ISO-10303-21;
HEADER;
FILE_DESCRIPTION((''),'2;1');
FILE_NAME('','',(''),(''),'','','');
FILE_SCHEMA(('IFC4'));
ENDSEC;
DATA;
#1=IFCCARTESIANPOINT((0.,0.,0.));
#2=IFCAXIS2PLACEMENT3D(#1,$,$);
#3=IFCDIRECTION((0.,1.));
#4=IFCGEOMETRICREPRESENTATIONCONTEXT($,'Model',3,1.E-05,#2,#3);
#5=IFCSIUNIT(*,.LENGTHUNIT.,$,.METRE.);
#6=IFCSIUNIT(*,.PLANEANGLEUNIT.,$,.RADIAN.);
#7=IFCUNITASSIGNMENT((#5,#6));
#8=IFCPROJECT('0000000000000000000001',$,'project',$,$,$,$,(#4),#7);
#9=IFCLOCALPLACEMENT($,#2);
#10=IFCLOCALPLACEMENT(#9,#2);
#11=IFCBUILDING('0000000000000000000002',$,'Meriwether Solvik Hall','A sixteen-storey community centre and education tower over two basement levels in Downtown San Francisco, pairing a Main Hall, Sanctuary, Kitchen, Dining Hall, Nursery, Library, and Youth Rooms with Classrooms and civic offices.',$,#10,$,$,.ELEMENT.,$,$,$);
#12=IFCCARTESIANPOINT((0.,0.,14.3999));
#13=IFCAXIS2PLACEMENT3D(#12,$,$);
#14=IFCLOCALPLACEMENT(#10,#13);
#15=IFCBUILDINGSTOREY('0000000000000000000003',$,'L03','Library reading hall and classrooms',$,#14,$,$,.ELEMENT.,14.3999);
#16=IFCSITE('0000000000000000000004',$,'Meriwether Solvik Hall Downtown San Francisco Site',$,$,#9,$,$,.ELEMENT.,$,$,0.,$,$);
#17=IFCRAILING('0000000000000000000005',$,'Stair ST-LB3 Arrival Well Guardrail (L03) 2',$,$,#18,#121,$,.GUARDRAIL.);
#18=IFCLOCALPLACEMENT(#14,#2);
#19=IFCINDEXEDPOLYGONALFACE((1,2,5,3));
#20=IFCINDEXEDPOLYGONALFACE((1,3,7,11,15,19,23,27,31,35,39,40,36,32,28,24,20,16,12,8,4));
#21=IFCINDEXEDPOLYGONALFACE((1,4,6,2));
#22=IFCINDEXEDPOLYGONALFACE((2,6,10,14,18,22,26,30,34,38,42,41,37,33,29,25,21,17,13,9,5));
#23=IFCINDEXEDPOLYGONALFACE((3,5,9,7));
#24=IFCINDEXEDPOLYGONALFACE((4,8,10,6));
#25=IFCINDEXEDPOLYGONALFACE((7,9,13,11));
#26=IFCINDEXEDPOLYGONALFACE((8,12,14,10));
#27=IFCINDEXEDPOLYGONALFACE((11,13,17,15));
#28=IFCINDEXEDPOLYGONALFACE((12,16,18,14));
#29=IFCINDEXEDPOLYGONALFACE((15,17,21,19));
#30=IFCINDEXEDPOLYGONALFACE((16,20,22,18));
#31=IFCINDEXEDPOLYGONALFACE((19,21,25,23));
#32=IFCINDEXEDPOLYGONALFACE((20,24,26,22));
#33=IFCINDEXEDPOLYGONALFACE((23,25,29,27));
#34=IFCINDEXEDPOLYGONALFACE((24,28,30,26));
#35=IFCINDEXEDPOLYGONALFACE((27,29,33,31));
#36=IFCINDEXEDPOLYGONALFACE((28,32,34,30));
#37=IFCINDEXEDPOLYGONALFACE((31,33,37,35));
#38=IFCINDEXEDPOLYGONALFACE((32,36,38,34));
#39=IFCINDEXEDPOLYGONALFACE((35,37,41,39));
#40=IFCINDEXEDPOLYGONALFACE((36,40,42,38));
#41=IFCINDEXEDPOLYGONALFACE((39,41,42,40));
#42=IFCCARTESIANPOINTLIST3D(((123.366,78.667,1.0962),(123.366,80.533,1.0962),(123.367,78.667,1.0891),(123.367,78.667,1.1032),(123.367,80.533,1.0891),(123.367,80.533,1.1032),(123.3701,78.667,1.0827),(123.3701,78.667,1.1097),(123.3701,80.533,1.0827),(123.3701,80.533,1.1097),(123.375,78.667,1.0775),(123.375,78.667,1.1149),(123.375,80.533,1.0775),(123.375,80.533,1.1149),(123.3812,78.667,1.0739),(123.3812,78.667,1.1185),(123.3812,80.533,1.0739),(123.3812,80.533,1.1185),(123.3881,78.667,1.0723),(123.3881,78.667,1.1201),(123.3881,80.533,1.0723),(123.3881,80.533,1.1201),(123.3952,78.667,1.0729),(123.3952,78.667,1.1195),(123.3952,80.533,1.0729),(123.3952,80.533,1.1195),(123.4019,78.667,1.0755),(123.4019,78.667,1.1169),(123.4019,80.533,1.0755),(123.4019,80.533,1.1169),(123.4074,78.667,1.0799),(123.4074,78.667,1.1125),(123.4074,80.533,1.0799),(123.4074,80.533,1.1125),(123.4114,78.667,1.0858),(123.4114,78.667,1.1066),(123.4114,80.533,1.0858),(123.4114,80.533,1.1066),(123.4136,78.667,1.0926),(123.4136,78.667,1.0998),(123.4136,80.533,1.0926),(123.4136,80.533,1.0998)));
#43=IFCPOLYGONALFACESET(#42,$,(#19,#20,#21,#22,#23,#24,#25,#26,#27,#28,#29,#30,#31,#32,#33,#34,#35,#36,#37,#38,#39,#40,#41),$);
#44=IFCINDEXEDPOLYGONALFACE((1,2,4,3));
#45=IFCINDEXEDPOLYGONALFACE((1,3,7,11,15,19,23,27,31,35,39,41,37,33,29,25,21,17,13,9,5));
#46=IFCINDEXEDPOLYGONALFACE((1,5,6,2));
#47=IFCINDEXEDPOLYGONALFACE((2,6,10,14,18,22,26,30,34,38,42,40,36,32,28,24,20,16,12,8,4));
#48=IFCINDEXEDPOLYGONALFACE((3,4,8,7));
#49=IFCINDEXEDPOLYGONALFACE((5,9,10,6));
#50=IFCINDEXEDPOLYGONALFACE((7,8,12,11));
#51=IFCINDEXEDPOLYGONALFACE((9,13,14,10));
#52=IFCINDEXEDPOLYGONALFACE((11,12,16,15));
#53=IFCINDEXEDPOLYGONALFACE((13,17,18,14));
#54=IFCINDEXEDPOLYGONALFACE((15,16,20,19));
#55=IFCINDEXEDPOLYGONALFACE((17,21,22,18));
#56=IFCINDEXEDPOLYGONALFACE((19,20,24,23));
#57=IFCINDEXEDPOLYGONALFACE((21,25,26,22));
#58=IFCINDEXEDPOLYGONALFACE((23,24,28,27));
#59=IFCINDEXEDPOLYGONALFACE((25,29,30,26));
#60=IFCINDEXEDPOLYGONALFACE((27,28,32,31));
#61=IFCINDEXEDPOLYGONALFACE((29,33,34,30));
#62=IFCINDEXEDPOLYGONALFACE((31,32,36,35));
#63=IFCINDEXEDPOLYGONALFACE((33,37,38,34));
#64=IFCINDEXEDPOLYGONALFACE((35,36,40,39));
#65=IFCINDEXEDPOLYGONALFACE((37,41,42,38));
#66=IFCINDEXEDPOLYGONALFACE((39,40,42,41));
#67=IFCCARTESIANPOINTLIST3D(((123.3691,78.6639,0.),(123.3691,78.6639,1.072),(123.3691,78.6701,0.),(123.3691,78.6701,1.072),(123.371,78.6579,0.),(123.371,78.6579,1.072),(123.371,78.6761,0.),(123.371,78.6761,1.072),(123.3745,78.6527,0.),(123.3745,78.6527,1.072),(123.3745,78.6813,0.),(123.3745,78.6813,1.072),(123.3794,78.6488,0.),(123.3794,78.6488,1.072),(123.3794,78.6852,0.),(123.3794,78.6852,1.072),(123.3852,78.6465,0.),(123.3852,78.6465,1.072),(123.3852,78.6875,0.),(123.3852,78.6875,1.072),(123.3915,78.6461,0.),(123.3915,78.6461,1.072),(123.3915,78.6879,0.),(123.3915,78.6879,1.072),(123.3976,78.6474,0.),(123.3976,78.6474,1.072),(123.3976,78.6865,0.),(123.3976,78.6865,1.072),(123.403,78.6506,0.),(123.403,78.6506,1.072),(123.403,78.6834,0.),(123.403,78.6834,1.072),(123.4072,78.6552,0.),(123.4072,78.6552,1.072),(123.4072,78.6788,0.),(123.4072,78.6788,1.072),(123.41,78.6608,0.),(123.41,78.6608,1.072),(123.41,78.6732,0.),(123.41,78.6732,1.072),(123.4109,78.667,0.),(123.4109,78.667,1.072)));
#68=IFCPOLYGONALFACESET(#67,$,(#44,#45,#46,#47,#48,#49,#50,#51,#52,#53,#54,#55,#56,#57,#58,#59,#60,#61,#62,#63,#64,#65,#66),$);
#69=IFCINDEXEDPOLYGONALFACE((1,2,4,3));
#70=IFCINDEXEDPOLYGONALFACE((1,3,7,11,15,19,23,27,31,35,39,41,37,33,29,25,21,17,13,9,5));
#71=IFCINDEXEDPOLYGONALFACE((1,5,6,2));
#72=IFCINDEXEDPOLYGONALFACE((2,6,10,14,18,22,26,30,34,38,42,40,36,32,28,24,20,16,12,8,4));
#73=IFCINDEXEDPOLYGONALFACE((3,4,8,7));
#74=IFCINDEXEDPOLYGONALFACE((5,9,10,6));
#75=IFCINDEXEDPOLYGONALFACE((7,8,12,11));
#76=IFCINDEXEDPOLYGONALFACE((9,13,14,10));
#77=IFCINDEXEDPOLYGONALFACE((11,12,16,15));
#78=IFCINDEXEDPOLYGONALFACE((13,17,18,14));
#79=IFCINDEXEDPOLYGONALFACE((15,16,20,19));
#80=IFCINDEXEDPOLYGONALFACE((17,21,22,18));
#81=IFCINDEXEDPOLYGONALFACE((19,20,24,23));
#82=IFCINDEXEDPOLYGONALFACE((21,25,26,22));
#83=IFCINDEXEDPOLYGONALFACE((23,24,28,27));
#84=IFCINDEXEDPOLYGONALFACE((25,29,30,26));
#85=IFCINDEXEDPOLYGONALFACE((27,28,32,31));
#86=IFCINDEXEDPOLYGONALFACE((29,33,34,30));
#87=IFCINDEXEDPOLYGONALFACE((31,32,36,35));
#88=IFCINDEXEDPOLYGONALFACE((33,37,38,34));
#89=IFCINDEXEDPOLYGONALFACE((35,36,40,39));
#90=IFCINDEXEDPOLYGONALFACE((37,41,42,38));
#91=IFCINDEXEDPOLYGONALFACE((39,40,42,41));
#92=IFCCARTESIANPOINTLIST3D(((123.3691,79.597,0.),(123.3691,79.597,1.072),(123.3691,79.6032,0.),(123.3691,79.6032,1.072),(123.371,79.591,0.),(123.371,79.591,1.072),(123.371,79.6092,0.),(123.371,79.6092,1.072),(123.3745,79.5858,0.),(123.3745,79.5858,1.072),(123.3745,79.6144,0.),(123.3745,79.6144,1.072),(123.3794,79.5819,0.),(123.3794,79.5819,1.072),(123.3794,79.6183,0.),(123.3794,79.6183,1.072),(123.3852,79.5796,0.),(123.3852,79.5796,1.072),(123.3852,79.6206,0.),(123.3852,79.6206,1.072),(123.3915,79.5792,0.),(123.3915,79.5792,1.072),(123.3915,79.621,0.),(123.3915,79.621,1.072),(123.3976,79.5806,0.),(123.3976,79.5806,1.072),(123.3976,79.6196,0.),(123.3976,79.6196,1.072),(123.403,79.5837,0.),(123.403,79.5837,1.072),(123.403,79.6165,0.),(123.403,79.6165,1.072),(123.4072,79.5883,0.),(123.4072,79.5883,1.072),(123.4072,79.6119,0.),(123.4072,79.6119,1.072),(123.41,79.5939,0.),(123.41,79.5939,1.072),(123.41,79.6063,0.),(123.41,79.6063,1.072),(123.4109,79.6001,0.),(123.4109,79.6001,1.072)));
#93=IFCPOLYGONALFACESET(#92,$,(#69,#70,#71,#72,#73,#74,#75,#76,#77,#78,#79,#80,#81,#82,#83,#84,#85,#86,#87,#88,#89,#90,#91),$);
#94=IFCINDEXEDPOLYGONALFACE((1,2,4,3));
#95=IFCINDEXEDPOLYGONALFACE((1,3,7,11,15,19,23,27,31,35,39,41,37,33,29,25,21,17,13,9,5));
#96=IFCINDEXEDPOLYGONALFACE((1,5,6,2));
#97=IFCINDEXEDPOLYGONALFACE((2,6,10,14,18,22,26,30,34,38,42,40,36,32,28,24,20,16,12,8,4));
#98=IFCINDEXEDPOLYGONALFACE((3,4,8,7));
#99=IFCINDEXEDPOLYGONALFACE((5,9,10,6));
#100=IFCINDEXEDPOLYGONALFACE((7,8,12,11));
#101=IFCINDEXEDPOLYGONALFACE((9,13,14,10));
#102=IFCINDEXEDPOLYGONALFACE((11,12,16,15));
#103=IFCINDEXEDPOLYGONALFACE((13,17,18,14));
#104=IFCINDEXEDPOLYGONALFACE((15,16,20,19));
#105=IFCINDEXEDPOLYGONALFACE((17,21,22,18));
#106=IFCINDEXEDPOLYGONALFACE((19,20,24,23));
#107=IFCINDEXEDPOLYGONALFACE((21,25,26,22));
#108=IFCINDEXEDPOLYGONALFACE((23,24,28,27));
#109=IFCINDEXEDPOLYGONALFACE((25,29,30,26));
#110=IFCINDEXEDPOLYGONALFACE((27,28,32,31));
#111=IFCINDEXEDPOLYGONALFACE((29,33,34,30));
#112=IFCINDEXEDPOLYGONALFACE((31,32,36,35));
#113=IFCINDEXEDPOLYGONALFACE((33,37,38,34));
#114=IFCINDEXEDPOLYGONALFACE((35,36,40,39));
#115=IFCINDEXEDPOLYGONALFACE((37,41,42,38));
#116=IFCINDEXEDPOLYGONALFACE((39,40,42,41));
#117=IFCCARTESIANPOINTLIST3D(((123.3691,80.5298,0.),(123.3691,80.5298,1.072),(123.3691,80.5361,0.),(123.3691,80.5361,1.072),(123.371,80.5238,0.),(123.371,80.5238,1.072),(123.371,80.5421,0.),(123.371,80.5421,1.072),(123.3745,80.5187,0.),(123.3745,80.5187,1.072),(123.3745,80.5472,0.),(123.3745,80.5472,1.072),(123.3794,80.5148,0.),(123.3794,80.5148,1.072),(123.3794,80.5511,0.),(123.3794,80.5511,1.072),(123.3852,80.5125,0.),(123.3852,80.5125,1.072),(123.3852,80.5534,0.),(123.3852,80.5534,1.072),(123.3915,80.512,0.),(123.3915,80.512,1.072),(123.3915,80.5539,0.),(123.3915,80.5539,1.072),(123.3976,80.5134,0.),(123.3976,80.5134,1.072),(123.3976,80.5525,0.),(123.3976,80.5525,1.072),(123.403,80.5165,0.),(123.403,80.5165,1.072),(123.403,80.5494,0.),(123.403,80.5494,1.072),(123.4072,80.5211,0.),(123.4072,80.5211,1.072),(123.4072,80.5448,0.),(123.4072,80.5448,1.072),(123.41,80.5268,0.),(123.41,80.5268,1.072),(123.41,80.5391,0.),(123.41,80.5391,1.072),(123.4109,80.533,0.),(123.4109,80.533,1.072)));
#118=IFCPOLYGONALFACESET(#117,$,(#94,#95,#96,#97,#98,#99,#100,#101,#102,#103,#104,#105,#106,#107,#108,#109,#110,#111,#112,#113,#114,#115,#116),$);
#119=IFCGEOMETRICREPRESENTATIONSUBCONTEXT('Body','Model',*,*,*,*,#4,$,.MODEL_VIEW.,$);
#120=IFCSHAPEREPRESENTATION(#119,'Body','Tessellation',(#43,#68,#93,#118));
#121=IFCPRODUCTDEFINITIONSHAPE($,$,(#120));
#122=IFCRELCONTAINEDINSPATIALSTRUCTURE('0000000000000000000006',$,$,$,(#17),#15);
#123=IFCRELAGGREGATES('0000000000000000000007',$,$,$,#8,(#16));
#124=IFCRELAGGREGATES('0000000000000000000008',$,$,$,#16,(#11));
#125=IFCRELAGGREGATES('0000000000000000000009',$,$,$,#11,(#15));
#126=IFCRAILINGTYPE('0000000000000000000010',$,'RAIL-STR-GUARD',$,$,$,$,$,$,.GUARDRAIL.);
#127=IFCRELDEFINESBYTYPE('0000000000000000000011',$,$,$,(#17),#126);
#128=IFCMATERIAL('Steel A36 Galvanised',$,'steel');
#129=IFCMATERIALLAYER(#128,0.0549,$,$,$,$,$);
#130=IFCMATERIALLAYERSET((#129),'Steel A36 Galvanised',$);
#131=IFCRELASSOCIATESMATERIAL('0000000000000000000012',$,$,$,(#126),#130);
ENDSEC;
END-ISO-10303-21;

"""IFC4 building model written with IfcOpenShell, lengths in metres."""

from ifc_helpers import new_model, si_unit, direction, frame, origin, origin_2d, place, context, subcontext, project, spatial, circle, extrude, material, layer, layer_set, type_object, element, save


model = new_model("IFC4")

# Units and contexts
model_context = context("Model", 3, precision=1e-05, world=origin(), true_north=direction((0.0, 1.0)))
body_context = subcontext(model_context, "Body", "Model", "MODEL_VIEW")
ifc_project = project(units=[si_unit("LENGTHUNIT", "METRE"), si_unit("PLANEANGLEUNIT", "RADIAN")], contexts=[model_context])

# Site, building, storey
site_placement = place(None, origin())
site = spatial("IfcSite", under=ifc_project, at=site_placement, Name="Meriwether Solvik Hall Downtown San Francisco Site", CompositionType="ELEMENT", RefElevation=0.0)
building_placement = place(site_placement, origin())
building = spatial("IfcBuilding", under=site, at=building_placement, Name="Meriwether Solvik Hall", Description="A sixteen-storey community centre and education tower over two basement levels in Downtown San Francisco, pairing a Main Hall, Sanctuary, Kitchen, Dining Hall, Nursery, Library, and Youth Rooms with Classrooms and civic offices.", CompositionType="ELEMENT")
storey_placement = place(building_placement, frame((0.0, 0.0, 14.3999)))
storey = spatial("IfcBuildingStorey", under=building, at=storey_placement, Name="L03", Description="Library reading hall and classrooms", CompositionType="ELEMENT", Elevation=14.3999)

# Railing
ifc_material_1 = material(Name="Steel A36 Galvanised", Category="steel")
ifc_layer_1 = layer(ifc_material_1, 0.0549)
ifc_layer_set_1 = layer_set([ifc_layer_1], Name="Steel A36 Galvanised")
railing_type = type_object("IfcRailingType", Name="RAIL-STR-GUARD", PredefinedType="GUARDRAIL", material=ifc_layer_set_1)
railing_1_placement = place(storey_placement, frame((123.3899, 78.667, 0.0)))
element("IfcRailing", 1, at=railing_1_placement, inside=storey, type_object=railing_type, Name="Stair ST-LB3 Arrival Well Guardrail (L03) 2", PredefinedType="GUARDRAIL", context=body_context, shape_type="SweptSolid", body=[
    extrude(circle(Radius=0.0239, at=origin_2d()), frame((0.0, 0.0, 1.0962), z_axis=(0.0, 1.0, 0.0), x_axis=(-1.0, 0.0, 0.0)), (0.0, 0.0, 1.0), 1.866),
    extrude(circle(Radius=0.021, at=origin_2d()), origin(), (0.0, 0.0, 1.0), 1.072),
    extrude(circle(Radius=0.021, at=origin_2d()), frame((0.0, 0.9331, 0.0)), (0.0, 0.0, 1.0), 1.072),
    extrude(circle(Radius=0.021, at=origin_2d()), frame((0.0, 1.866, 0.0)), (0.0, 0.0, 1.0), 1.072),
])

save(model, "model.ifc")
